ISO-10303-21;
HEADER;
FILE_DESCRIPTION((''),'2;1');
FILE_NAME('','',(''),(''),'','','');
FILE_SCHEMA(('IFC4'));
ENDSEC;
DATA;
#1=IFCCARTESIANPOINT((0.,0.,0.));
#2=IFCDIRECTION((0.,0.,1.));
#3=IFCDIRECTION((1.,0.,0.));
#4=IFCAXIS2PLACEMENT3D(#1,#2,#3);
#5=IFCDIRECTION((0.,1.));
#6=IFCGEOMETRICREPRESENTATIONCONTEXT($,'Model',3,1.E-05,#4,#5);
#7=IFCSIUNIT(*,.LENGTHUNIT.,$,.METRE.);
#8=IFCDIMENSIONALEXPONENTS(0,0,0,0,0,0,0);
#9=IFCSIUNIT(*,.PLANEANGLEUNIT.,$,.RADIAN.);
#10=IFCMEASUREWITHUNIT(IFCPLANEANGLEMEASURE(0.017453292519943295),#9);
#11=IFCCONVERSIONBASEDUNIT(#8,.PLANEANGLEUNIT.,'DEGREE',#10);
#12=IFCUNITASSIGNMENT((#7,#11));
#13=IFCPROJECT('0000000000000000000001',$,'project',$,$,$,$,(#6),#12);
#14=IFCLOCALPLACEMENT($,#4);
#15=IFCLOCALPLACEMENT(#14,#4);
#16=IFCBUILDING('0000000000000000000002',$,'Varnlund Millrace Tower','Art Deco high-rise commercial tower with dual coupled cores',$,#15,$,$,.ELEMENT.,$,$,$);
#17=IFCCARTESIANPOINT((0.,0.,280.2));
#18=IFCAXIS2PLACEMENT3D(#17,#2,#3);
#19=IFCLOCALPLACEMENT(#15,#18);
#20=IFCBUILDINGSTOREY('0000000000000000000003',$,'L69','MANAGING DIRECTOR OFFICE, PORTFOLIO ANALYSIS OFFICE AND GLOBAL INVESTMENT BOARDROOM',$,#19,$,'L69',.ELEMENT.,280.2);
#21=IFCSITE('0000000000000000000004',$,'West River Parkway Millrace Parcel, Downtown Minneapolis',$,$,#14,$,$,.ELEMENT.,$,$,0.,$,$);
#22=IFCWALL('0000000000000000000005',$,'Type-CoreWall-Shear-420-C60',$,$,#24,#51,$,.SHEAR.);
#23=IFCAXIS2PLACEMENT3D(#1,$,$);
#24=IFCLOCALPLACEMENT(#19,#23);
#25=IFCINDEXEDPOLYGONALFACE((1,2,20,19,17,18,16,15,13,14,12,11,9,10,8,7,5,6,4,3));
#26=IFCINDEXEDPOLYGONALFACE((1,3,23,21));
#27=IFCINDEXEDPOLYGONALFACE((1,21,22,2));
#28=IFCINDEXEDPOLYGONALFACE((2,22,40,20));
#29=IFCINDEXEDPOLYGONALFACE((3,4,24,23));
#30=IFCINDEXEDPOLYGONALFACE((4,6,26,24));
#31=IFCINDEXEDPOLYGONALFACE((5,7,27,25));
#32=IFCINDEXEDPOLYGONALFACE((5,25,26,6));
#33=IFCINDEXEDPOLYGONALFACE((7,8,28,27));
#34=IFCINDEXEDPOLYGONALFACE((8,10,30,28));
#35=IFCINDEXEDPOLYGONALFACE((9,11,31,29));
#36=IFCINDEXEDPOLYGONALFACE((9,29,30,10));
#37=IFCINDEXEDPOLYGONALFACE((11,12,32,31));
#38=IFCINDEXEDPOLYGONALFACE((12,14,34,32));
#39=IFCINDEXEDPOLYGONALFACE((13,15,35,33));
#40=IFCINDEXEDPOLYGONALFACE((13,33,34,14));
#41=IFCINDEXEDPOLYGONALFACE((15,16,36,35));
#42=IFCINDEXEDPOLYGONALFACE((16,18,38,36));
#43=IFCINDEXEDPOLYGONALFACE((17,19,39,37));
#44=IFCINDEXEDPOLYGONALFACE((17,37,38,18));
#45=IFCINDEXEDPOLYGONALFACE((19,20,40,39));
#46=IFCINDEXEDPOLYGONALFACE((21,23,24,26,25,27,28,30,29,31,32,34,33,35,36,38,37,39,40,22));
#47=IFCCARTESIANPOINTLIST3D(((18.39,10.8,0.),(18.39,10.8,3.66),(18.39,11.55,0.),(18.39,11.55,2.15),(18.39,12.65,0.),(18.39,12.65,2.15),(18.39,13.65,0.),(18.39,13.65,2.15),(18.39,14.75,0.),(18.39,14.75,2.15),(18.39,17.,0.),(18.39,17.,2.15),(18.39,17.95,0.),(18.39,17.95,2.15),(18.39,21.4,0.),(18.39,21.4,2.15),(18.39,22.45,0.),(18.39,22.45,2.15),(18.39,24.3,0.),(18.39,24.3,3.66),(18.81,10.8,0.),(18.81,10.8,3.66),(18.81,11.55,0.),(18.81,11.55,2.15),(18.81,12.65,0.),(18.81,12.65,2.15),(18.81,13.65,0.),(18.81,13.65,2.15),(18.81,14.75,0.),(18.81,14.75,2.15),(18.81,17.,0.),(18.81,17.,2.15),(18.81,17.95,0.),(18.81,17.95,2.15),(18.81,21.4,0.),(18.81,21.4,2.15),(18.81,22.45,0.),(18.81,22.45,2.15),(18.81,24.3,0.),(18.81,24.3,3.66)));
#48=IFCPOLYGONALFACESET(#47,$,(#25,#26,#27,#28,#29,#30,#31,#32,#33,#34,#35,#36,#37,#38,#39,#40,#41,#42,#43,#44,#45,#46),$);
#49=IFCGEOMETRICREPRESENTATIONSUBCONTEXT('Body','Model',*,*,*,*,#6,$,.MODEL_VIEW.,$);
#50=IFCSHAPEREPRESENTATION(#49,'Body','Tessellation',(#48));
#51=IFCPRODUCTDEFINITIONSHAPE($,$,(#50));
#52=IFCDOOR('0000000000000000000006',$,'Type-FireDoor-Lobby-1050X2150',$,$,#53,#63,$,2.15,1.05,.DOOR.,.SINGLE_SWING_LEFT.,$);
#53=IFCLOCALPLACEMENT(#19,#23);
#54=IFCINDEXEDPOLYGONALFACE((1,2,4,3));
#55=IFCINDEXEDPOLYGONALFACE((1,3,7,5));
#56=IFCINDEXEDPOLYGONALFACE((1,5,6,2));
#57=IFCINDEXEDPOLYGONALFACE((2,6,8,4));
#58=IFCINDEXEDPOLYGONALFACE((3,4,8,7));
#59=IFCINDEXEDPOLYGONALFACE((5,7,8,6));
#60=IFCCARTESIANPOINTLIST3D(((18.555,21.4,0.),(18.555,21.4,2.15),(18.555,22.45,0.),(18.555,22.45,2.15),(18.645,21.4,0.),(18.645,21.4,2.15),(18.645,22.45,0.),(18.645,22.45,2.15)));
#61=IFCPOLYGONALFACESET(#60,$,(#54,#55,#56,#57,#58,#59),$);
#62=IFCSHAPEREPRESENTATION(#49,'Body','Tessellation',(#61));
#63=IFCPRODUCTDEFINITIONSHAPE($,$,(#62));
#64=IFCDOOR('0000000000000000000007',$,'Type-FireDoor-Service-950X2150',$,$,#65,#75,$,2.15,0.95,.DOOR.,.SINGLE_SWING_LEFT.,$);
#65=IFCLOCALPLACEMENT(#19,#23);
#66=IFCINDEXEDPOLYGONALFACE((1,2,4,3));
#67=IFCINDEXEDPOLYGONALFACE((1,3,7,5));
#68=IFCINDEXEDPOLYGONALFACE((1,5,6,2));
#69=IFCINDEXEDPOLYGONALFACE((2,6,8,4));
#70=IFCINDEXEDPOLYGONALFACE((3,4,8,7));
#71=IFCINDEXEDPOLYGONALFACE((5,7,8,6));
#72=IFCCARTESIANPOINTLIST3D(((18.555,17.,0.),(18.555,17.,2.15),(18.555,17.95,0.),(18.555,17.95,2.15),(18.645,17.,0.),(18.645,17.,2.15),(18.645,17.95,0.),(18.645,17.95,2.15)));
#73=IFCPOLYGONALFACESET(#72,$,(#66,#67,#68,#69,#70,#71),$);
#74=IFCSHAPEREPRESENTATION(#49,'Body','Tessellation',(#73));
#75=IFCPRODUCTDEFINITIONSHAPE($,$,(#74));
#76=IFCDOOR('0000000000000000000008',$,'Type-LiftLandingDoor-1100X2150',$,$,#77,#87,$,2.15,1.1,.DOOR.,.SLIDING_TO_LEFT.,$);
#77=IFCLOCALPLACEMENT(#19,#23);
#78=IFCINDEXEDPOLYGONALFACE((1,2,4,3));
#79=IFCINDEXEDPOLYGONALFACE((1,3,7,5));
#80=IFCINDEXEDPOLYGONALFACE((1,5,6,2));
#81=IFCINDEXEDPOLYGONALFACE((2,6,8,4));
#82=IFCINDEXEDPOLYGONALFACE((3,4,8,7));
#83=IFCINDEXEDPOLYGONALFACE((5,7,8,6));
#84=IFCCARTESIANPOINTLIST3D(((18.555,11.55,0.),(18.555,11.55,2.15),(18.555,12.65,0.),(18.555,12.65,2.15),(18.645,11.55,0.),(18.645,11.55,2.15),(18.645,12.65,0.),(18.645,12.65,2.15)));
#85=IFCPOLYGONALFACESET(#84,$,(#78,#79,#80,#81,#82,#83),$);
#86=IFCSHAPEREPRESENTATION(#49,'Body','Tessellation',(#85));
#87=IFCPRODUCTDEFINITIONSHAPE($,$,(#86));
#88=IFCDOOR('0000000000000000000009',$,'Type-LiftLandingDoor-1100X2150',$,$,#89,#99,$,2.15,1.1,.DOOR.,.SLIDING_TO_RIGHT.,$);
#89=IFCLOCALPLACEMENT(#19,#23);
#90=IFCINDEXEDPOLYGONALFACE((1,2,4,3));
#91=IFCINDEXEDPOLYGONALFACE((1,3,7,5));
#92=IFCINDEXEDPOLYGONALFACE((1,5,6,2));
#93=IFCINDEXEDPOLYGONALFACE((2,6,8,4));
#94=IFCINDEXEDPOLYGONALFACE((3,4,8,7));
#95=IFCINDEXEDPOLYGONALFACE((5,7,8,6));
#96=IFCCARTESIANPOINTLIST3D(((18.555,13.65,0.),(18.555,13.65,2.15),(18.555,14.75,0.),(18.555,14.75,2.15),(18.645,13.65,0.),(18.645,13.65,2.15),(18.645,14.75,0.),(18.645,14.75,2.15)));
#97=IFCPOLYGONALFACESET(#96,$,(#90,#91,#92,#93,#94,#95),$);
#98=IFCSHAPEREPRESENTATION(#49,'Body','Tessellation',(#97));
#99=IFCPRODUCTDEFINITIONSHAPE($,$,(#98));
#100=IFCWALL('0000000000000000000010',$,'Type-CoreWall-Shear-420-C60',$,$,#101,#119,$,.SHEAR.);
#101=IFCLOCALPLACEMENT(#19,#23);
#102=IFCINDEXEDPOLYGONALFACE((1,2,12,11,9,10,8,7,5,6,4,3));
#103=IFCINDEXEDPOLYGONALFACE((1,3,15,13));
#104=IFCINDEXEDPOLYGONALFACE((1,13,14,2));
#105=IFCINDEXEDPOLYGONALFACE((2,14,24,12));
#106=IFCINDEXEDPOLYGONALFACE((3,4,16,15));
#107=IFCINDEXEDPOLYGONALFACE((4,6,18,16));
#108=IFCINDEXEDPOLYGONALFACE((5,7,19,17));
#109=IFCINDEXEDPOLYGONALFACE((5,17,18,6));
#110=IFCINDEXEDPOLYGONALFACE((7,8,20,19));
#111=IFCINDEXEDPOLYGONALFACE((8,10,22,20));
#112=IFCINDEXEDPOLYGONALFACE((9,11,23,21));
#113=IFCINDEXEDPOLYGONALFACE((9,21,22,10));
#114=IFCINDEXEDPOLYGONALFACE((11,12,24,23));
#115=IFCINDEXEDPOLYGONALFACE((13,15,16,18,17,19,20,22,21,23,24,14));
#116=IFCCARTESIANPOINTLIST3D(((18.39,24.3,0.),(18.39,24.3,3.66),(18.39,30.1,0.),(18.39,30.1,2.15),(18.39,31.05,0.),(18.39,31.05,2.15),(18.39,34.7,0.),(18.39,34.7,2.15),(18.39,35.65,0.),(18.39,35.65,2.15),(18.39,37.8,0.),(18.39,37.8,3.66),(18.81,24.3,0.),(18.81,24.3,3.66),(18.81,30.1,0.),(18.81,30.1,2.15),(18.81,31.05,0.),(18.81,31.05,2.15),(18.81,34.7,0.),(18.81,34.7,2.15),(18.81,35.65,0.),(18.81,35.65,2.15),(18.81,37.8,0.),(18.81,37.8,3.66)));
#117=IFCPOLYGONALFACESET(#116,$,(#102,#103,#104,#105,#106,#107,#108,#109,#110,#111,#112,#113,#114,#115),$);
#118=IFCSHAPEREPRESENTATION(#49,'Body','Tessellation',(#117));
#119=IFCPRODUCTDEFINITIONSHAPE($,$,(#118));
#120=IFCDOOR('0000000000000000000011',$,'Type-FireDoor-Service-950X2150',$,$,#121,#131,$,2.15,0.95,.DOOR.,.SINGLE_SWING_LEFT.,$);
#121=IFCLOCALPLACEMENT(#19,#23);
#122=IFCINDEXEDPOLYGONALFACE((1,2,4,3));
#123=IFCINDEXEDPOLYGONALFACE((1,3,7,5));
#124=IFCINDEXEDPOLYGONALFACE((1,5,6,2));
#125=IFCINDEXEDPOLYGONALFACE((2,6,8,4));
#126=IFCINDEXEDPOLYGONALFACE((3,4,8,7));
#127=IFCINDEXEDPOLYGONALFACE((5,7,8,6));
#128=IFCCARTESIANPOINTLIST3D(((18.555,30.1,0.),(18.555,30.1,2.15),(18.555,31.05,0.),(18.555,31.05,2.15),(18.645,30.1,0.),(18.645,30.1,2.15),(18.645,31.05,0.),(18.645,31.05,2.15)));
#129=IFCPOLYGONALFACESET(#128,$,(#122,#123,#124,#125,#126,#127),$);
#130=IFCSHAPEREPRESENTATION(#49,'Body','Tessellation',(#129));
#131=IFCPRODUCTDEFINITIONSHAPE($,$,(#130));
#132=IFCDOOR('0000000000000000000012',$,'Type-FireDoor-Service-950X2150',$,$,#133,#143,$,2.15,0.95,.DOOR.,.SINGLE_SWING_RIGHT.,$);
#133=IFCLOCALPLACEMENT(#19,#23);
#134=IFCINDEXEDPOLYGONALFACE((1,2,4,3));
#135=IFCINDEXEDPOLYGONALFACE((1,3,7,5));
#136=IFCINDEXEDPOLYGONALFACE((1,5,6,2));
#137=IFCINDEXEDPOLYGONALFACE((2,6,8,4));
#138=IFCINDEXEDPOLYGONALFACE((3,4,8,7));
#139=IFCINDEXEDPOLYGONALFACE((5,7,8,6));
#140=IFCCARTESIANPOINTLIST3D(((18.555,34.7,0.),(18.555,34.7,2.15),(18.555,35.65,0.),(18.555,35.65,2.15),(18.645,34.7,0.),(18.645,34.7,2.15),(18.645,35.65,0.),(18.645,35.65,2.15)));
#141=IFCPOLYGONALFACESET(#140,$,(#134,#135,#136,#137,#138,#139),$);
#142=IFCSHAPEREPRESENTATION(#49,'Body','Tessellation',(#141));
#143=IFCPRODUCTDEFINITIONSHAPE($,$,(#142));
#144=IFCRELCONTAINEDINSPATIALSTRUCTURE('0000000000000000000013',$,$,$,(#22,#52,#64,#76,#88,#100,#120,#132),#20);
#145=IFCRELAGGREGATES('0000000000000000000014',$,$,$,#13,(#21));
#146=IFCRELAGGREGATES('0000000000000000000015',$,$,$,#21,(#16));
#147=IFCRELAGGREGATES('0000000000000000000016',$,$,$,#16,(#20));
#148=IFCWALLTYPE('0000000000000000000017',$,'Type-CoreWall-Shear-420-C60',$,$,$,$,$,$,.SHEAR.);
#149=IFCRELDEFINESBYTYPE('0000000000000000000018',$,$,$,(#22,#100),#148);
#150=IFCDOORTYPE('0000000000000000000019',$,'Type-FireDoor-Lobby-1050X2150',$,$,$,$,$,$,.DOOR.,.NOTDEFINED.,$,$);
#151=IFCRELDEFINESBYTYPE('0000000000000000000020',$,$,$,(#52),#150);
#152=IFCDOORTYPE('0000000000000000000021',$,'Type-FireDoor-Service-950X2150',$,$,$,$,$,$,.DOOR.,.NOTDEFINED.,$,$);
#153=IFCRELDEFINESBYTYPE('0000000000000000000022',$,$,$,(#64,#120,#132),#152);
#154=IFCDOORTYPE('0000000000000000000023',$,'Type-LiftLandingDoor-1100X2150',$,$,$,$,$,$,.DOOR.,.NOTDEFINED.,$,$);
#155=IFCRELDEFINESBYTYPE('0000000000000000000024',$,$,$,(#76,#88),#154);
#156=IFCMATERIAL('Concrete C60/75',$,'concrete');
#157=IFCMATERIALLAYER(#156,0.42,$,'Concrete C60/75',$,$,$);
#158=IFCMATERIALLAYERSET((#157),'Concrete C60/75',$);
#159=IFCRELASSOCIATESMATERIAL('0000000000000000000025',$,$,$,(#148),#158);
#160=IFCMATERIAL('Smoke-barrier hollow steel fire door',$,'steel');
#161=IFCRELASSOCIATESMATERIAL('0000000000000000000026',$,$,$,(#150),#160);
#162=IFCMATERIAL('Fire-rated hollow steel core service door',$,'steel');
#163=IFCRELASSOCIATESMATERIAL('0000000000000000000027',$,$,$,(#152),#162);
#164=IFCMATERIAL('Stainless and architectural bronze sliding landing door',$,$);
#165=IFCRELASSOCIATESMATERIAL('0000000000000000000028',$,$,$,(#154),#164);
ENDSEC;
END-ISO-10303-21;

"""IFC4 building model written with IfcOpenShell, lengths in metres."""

from ifc_helpers import new_model, entity, si_unit, converted_unit, direction, frame, origin_with_axes, origin_2d_with_axis, place, context, subcontext, project, spatial, polyline, rectangle, outline, extrude, material, layer, layer_set, type_object, element, fill, save


model = new_model("IFC4")

# Units and contexts
model_context = context("Model", 3, precision=1e-05, world=origin_with_axes(), true_north=direction((0.0, 1.0)))
body_context = subcontext(model_context, "Body", "Model", "MODEL_VIEW")
ifc_project = project(units=[si_unit("LENGTHUNIT", "METRE"), converted_unit("PLANEANGLEUNIT", "DEGREE", entity("IfcPlaneAngleMeasure", 0.017453292519943295), si_unit("PLANEANGLEUNIT", "RADIAN"), dimensions=[0, 0, 0, 0, 0, 0, 0])], contexts=[model_context])

# Site, building, storey
site_placement = place(None, origin_with_axes())
site = spatial("IfcSite", under=ifc_project, at=site_placement, Name="West River Parkway Millrace Parcel, Downtown Minneapolis", CompositionType="ELEMENT", RefElevation=0.0)
building_placement = place(site_placement, origin_with_axes())
building = spatial("IfcBuilding", under=site, at=building_placement, Name="Varnlund Millrace Tower", Description="Art Deco high-rise commercial tower with dual coupled cores", CompositionType="ELEMENT")
storey_placement = place(building_placement, frame((0.0, 0.0, 280.2), z_axis=(0.0, 0.0, 1.0), x_axis=(1.0, 0.0, 0.0)))
storey = spatial("IfcBuildingStorey", under=building, at=storey_placement, Name="L69", Description="MANAGING DIRECTOR OFFICE, PORTFOLIO ANALYSIS OFFICE AND GLOBAL INVESTMENT BOARDROOM", LongName="L69", CompositionType="ELEMENT", Elevation=280.2)

# Shared definitions
ifc_material_1 = material(Name="Concrete C60/75", Category="concrete")

# Shared definitions
ifc_layer_1 = layer(ifc_material_1, 0.42, Name="Concrete C60/75")
ifc_layer_set_1 = layer_set([ifc_layer_1], Name="Concrete C60/75")
wall_type_1 = type_object("IfcWallType", Name="Type-CoreWall-Shear-420-C60", PredefinedType="SHEAR", material=ifc_layer_set_1)

# Walls, openings, doors
wall_1_placement = place(storey_placement, frame((18.6, 10.8, 0.0), z_axis=(0.0, 0.0, 1.0), x_axis=(0.0, 1.0, 0.0)))
wall_1 = element("IfcWall", 1, at=wall_1_placement, inside=storey, type_object=wall_type_1, Name="Type-CoreWall-Shear-420-C60", PredefinedType="SHEAR", context=body_context, shape_type="SweptSolid", body=[
    extrude(outline(polyline([(0.0, -0.21), (13.5, -0.21), (13.5, 0.21), (0.0, 0.21), (0.0, -0.21)])), origin_with_axes(), (0.0, 0.0, 1.0), 3.66),
])
opening_1_placement = place(wall_1_placement, frame((1.3, 0.0, 0.0), z_axis=(0.0, 0.0, 1.0), x_axis=(1.0, 0.0, 0.0)))
opening_1 = element("IfcOpeningElement", 2, at=opening_1_placement, cuts=wall_1, PredefinedType="OPENING", context=body_context, shape_type="SweptSolid", body=[
    extrude(rectangle(XDim=1.1, YDim=0.44, at=origin_2d_with_axis()), origin_with_axes(), (0.0, 0.0, 1.0), 2.15),
])
opening_2_placement = place(wall_1_placement, frame((3.4, 0.0, 0.0), z_axis=(0.0, 0.0, 1.0), x_axis=(1.0, 0.0, 0.0)))
opening_2 = element("IfcOpeningElement", 3, at=opening_2_placement, cuts=wall_1, PredefinedType="OPENING", context=body_context, shape_type="SweptSolid", body=[
    extrude(rectangle(XDim=1.1, YDim=0.44, at=origin_2d_with_axis()), origin_with_axes(), (0.0, 0.0, 1.0), 2.15),
])
opening_3_placement = place(wall_1_placement, frame((11.125, 0.0, 0.0), z_axis=(0.0, 0.0, 1.0), x_axis=(1.0, 0.0, 0.0)))
opening_3 = element("IfcOpeningElement", 4, at=opening_3_placement, cuts=wall_1, PredefinedType="OPENING", context=body_context, shape_type="SweptSolid", body=[
    extrude(rectangle(XDim=1.05, YDim=0.44, at=origin_2d_with_axis()), origin_with_axes(), (0.0, 0.0, 1.0), 2.15),
])
opening_4_placement = place(wall_1_placement, frame((6.675, 0.0, 0.0), z_axis=(0.0, 0.0, 1.0), x_axis=(1.0, 0.0, 0.0)))
opening_4 = element("IfcOpeningElement", 5, at=opening_4_placement, cuts=wall_1, PredefinedType="OPENING", context=body_context, shape_type="SweptSolid", body=[
    extrude(rectangle(XDim=0.95, YDim=0.44, at=origin_2d_with_axis()), origin_with_axes(), (0.0, 0.0, 1.0), 2.15),
])
ifc_material_2 = material(Name="Smoke-barrier hollow steel fire door", Category="steel")
door_type_1 = type_object("IfcDoorType", Name="Type-FireDoor-Lobby-1050X2150", OperationType="NOTDEFINED", PredefinedType="DOOR", material=ifc_material_2)
door_1_placement = place(wall_1_placement, frame((11.125, 0.0, 0.0), z_axis=(0.0, 0.0, 1.0), x_axis=(1.0, 0.0, 0.0)))
door_1 = element("IfcDoor", 6, at=door_1_placement, inside=storey, type_object=door_type_1, Name="Type-FireDoor-Lobby-1050X2150", OperationType="SINGLE_SWING_LEFT", OverallHeight=2.15, OverallWidth=1.05, PredefinedType="DOOR", context=body_context, shape_type="SweptSolid", body=[
    extrude(rectangle(XDim=1.05, YDim=0.09, at=origin_2d_with_axis()), origin_with_axes(), (0.0, 0.0, 1.0), 2.15),
])
fill(opening_3, door_1)
ifc_material_3 = material(Name="Fire-rated hollow steel core service door", Category="steel")
door_type_2 = type_object("IfcDoorType", Name="Type-FireDoor-Service-950X2150", OperationType="NOTDEFINED", PredefinedType="DOOR", material=ifc_material_3)
door_2_placement = place(wall_1_placement, frame((6.675, 0.0, 0.0), z_axis=(0.0, 0.0, 1.0), x_axis=(1.0, 0.0, 0.0)))
door_2 = element("IfcDoor", 7, at=door_2_placement, inside=storey, type_object=door_type_2, Name="Type-FireDoor-Service-950X2150", OperationType="SINGLE_SWING_LEFT", OverallHeight=2.15, OverallWidth=0.95, PredefinedType="DOOR", context=body_context, shape_type="SweptSolid", body=[
    extrude(rectangle(XDim=0.95, YDim=0.09, at=origin_2d_with_axis()), origin_with_axes(), (0.0, 0.0, 1.0), 2.15),
])
fill(opening_4, door_2)
ifc_material_4 = material(Name="Stainless and architectural bronze sliding landing door")
door_type_3 = type_object("IfcDoorType", Name="Type-LiftLandingDoor-1100X2150", OperationType="NOTDEFINED", PredefinedType="DOOR", material=ifc_material_4)
door_3_placement = place(wall_1_placement, frame((1.3, 0.0, 0.0), z_axis=(0.0, 0.0, 1.0), x_axis=(1.0, 0.0, 0.0)))
door_3 = element("IfcDoor", 8, at=door_3_placement, inside=storey, type_object=door_type_3, Name="Type-LiftLandingDoor-1100X2150", OperationType="SLIDING_TO_LEFT", OverallHeight=2.15, OverallWidth=1.1, PredefinedType="DOOR", context=body_context, shape_type="SweptSolid", body=[
    extrude(rectangle(XDim=1.1, YDim=0.09, at=origin_2d_with_axis()), origin_with_axes(), (0.0, 0.0, 1.0), 2.15),
])
fill(opening_1, door_3)
door_4_placement = place(wall_1_placement, frame((3.4, 0.0, 0.0), z_axis=(0.0, 0.0, 1.0), x_axis=(1.0, 0.0, 0.0)))
door_4 = element("IfcDoor", 9, at=door_4_placement, inside=storey, type_object=door_type_3, Name="Type-LiftLandingDoor-1100X2150", OperationType="SLIDING_TO_RIGHT", OverallHeight=2.15, OverallWidth=1.1, PredefinedType="DOOR", context=body_context, shape_type="SweptSolid", body=[
    extrude(rectangle(XDim=1.1, YDim=0.09, at=origin_2d_with_axis()), origin_with_axes(), (0.0, 0.0, 1.0), 2.15),
])
fill(opening_2, door_4)
wall_2_placement = place(storey_placement, frame((18.6, 24.3, 0.0), z_axis=(0.0, 0.0, 1.0), x_axis=(0.0, 1.0, 0.0)))
wall_2 = element("IfcWall", 10, at=wall_2_placement, inside=storey, type_object=wall_type_1, Name="Type-CoreWall-Shear-420-C60", PredefinedType="SHEAR", context=body_context, shape_type="SweptSolid", body=[
    extrude(outline(polyline([(0.0, -0.21), (13.5, -0.21), (13.5, 0.21), (0.0, 0.21), (0.0, -0.21)])), origin_with_axes(), (0.0, 0.0, 1.0), 3.66),
])
opening_5_placement = place(wall_2_placement, frame((6.275, 0.0, 0.0), z_axis=(0.0, 0.0, 1.0), x_axis=(1.0, 0.0, 0.0)))
opening_5 = element("IfcOpeningElement", 11, at=opening_5_placement, cuts=wall_2, PredefinedType="OPENING", context=body_context, shape_type="SweptSolid", body=[
    extrude(rectangle(XDim=0.95, YDim=0.44, at=origin_2d_with_axis()), origin_with_axes(), (0.0, 0.0, 1.0), 2.15),
])
opening_6_placement = place(wall_2_placement, frame((10.875, 0.0, 0.0), z_axis=(0.0, 0.0, 1.0), x_axis=(1.0, 0.0, 0.0)))
opening_6 = element("IfcOpeningElement", 12, at=opening_6_placement, cuts=wall_2, PredefinedType="OPENING", context=body_context, shape_type="SweptSolid", body=[
    extrude(rectangle(XDim=0.95, YDim=0.44, at=origin_2d_with_axis()), origin_with_axes(), (0.0, 0.0, 1.0), 2.15),
])
door_5_placement = place(wall_2_placement, frame((6.275, 0.0, 0.0), z_axis=(0.0, 0.0, 1.0), x_axis=(1.0, 0.0, 0.0)))
door_5 = element("IfcDoor", 13, at=door_5_placement, inside=storey, type_object=door_type_2, Name="Type-FireDoor-Service-950X2150", OperationType="SINGLE_SWING_LEFT", OverallHeight=2.15, OverallWidth=0.95, PredefinedType="DOOR", context=body_context, shape_type="SweptSolid", body=[
    extrude(rectangle(XDim=0.95, YDim=0.09, at=origin_2d_with_axis()), origin_with_axes(), (0.0, 0.0, 1.0), 2.15),
])
fill(opening_5, door_5)
door_6_placement = place(wall_2_placement, frame((10.875, 0.0, 0.0), z_axis=(0.0, 0.0, 1.0), x_axis=(1.0, 0.0, 0.0)))
door_6 = element("IfcDoor", 14, at=door_6_placement, inside=storey, type_object=door_type_2, Name="Type-FireDoor-Service-950X2150", OperationType="SINGLE_SWING_RIGHT", OverallHeight=2.15, OverallWidth=0.95, PredefinedType="DOOR", context=body_context, shape_type="SweptSolid", body=[
    extrude(rectangle(XDim=0.95, YDim=0.09, at=origin_2d_with_axis()), origin_with_axes(), (0.0, 0.0, 1.0), 2.15),
])
fill(opening_6, door_6)

save(model, "model.ifc")
